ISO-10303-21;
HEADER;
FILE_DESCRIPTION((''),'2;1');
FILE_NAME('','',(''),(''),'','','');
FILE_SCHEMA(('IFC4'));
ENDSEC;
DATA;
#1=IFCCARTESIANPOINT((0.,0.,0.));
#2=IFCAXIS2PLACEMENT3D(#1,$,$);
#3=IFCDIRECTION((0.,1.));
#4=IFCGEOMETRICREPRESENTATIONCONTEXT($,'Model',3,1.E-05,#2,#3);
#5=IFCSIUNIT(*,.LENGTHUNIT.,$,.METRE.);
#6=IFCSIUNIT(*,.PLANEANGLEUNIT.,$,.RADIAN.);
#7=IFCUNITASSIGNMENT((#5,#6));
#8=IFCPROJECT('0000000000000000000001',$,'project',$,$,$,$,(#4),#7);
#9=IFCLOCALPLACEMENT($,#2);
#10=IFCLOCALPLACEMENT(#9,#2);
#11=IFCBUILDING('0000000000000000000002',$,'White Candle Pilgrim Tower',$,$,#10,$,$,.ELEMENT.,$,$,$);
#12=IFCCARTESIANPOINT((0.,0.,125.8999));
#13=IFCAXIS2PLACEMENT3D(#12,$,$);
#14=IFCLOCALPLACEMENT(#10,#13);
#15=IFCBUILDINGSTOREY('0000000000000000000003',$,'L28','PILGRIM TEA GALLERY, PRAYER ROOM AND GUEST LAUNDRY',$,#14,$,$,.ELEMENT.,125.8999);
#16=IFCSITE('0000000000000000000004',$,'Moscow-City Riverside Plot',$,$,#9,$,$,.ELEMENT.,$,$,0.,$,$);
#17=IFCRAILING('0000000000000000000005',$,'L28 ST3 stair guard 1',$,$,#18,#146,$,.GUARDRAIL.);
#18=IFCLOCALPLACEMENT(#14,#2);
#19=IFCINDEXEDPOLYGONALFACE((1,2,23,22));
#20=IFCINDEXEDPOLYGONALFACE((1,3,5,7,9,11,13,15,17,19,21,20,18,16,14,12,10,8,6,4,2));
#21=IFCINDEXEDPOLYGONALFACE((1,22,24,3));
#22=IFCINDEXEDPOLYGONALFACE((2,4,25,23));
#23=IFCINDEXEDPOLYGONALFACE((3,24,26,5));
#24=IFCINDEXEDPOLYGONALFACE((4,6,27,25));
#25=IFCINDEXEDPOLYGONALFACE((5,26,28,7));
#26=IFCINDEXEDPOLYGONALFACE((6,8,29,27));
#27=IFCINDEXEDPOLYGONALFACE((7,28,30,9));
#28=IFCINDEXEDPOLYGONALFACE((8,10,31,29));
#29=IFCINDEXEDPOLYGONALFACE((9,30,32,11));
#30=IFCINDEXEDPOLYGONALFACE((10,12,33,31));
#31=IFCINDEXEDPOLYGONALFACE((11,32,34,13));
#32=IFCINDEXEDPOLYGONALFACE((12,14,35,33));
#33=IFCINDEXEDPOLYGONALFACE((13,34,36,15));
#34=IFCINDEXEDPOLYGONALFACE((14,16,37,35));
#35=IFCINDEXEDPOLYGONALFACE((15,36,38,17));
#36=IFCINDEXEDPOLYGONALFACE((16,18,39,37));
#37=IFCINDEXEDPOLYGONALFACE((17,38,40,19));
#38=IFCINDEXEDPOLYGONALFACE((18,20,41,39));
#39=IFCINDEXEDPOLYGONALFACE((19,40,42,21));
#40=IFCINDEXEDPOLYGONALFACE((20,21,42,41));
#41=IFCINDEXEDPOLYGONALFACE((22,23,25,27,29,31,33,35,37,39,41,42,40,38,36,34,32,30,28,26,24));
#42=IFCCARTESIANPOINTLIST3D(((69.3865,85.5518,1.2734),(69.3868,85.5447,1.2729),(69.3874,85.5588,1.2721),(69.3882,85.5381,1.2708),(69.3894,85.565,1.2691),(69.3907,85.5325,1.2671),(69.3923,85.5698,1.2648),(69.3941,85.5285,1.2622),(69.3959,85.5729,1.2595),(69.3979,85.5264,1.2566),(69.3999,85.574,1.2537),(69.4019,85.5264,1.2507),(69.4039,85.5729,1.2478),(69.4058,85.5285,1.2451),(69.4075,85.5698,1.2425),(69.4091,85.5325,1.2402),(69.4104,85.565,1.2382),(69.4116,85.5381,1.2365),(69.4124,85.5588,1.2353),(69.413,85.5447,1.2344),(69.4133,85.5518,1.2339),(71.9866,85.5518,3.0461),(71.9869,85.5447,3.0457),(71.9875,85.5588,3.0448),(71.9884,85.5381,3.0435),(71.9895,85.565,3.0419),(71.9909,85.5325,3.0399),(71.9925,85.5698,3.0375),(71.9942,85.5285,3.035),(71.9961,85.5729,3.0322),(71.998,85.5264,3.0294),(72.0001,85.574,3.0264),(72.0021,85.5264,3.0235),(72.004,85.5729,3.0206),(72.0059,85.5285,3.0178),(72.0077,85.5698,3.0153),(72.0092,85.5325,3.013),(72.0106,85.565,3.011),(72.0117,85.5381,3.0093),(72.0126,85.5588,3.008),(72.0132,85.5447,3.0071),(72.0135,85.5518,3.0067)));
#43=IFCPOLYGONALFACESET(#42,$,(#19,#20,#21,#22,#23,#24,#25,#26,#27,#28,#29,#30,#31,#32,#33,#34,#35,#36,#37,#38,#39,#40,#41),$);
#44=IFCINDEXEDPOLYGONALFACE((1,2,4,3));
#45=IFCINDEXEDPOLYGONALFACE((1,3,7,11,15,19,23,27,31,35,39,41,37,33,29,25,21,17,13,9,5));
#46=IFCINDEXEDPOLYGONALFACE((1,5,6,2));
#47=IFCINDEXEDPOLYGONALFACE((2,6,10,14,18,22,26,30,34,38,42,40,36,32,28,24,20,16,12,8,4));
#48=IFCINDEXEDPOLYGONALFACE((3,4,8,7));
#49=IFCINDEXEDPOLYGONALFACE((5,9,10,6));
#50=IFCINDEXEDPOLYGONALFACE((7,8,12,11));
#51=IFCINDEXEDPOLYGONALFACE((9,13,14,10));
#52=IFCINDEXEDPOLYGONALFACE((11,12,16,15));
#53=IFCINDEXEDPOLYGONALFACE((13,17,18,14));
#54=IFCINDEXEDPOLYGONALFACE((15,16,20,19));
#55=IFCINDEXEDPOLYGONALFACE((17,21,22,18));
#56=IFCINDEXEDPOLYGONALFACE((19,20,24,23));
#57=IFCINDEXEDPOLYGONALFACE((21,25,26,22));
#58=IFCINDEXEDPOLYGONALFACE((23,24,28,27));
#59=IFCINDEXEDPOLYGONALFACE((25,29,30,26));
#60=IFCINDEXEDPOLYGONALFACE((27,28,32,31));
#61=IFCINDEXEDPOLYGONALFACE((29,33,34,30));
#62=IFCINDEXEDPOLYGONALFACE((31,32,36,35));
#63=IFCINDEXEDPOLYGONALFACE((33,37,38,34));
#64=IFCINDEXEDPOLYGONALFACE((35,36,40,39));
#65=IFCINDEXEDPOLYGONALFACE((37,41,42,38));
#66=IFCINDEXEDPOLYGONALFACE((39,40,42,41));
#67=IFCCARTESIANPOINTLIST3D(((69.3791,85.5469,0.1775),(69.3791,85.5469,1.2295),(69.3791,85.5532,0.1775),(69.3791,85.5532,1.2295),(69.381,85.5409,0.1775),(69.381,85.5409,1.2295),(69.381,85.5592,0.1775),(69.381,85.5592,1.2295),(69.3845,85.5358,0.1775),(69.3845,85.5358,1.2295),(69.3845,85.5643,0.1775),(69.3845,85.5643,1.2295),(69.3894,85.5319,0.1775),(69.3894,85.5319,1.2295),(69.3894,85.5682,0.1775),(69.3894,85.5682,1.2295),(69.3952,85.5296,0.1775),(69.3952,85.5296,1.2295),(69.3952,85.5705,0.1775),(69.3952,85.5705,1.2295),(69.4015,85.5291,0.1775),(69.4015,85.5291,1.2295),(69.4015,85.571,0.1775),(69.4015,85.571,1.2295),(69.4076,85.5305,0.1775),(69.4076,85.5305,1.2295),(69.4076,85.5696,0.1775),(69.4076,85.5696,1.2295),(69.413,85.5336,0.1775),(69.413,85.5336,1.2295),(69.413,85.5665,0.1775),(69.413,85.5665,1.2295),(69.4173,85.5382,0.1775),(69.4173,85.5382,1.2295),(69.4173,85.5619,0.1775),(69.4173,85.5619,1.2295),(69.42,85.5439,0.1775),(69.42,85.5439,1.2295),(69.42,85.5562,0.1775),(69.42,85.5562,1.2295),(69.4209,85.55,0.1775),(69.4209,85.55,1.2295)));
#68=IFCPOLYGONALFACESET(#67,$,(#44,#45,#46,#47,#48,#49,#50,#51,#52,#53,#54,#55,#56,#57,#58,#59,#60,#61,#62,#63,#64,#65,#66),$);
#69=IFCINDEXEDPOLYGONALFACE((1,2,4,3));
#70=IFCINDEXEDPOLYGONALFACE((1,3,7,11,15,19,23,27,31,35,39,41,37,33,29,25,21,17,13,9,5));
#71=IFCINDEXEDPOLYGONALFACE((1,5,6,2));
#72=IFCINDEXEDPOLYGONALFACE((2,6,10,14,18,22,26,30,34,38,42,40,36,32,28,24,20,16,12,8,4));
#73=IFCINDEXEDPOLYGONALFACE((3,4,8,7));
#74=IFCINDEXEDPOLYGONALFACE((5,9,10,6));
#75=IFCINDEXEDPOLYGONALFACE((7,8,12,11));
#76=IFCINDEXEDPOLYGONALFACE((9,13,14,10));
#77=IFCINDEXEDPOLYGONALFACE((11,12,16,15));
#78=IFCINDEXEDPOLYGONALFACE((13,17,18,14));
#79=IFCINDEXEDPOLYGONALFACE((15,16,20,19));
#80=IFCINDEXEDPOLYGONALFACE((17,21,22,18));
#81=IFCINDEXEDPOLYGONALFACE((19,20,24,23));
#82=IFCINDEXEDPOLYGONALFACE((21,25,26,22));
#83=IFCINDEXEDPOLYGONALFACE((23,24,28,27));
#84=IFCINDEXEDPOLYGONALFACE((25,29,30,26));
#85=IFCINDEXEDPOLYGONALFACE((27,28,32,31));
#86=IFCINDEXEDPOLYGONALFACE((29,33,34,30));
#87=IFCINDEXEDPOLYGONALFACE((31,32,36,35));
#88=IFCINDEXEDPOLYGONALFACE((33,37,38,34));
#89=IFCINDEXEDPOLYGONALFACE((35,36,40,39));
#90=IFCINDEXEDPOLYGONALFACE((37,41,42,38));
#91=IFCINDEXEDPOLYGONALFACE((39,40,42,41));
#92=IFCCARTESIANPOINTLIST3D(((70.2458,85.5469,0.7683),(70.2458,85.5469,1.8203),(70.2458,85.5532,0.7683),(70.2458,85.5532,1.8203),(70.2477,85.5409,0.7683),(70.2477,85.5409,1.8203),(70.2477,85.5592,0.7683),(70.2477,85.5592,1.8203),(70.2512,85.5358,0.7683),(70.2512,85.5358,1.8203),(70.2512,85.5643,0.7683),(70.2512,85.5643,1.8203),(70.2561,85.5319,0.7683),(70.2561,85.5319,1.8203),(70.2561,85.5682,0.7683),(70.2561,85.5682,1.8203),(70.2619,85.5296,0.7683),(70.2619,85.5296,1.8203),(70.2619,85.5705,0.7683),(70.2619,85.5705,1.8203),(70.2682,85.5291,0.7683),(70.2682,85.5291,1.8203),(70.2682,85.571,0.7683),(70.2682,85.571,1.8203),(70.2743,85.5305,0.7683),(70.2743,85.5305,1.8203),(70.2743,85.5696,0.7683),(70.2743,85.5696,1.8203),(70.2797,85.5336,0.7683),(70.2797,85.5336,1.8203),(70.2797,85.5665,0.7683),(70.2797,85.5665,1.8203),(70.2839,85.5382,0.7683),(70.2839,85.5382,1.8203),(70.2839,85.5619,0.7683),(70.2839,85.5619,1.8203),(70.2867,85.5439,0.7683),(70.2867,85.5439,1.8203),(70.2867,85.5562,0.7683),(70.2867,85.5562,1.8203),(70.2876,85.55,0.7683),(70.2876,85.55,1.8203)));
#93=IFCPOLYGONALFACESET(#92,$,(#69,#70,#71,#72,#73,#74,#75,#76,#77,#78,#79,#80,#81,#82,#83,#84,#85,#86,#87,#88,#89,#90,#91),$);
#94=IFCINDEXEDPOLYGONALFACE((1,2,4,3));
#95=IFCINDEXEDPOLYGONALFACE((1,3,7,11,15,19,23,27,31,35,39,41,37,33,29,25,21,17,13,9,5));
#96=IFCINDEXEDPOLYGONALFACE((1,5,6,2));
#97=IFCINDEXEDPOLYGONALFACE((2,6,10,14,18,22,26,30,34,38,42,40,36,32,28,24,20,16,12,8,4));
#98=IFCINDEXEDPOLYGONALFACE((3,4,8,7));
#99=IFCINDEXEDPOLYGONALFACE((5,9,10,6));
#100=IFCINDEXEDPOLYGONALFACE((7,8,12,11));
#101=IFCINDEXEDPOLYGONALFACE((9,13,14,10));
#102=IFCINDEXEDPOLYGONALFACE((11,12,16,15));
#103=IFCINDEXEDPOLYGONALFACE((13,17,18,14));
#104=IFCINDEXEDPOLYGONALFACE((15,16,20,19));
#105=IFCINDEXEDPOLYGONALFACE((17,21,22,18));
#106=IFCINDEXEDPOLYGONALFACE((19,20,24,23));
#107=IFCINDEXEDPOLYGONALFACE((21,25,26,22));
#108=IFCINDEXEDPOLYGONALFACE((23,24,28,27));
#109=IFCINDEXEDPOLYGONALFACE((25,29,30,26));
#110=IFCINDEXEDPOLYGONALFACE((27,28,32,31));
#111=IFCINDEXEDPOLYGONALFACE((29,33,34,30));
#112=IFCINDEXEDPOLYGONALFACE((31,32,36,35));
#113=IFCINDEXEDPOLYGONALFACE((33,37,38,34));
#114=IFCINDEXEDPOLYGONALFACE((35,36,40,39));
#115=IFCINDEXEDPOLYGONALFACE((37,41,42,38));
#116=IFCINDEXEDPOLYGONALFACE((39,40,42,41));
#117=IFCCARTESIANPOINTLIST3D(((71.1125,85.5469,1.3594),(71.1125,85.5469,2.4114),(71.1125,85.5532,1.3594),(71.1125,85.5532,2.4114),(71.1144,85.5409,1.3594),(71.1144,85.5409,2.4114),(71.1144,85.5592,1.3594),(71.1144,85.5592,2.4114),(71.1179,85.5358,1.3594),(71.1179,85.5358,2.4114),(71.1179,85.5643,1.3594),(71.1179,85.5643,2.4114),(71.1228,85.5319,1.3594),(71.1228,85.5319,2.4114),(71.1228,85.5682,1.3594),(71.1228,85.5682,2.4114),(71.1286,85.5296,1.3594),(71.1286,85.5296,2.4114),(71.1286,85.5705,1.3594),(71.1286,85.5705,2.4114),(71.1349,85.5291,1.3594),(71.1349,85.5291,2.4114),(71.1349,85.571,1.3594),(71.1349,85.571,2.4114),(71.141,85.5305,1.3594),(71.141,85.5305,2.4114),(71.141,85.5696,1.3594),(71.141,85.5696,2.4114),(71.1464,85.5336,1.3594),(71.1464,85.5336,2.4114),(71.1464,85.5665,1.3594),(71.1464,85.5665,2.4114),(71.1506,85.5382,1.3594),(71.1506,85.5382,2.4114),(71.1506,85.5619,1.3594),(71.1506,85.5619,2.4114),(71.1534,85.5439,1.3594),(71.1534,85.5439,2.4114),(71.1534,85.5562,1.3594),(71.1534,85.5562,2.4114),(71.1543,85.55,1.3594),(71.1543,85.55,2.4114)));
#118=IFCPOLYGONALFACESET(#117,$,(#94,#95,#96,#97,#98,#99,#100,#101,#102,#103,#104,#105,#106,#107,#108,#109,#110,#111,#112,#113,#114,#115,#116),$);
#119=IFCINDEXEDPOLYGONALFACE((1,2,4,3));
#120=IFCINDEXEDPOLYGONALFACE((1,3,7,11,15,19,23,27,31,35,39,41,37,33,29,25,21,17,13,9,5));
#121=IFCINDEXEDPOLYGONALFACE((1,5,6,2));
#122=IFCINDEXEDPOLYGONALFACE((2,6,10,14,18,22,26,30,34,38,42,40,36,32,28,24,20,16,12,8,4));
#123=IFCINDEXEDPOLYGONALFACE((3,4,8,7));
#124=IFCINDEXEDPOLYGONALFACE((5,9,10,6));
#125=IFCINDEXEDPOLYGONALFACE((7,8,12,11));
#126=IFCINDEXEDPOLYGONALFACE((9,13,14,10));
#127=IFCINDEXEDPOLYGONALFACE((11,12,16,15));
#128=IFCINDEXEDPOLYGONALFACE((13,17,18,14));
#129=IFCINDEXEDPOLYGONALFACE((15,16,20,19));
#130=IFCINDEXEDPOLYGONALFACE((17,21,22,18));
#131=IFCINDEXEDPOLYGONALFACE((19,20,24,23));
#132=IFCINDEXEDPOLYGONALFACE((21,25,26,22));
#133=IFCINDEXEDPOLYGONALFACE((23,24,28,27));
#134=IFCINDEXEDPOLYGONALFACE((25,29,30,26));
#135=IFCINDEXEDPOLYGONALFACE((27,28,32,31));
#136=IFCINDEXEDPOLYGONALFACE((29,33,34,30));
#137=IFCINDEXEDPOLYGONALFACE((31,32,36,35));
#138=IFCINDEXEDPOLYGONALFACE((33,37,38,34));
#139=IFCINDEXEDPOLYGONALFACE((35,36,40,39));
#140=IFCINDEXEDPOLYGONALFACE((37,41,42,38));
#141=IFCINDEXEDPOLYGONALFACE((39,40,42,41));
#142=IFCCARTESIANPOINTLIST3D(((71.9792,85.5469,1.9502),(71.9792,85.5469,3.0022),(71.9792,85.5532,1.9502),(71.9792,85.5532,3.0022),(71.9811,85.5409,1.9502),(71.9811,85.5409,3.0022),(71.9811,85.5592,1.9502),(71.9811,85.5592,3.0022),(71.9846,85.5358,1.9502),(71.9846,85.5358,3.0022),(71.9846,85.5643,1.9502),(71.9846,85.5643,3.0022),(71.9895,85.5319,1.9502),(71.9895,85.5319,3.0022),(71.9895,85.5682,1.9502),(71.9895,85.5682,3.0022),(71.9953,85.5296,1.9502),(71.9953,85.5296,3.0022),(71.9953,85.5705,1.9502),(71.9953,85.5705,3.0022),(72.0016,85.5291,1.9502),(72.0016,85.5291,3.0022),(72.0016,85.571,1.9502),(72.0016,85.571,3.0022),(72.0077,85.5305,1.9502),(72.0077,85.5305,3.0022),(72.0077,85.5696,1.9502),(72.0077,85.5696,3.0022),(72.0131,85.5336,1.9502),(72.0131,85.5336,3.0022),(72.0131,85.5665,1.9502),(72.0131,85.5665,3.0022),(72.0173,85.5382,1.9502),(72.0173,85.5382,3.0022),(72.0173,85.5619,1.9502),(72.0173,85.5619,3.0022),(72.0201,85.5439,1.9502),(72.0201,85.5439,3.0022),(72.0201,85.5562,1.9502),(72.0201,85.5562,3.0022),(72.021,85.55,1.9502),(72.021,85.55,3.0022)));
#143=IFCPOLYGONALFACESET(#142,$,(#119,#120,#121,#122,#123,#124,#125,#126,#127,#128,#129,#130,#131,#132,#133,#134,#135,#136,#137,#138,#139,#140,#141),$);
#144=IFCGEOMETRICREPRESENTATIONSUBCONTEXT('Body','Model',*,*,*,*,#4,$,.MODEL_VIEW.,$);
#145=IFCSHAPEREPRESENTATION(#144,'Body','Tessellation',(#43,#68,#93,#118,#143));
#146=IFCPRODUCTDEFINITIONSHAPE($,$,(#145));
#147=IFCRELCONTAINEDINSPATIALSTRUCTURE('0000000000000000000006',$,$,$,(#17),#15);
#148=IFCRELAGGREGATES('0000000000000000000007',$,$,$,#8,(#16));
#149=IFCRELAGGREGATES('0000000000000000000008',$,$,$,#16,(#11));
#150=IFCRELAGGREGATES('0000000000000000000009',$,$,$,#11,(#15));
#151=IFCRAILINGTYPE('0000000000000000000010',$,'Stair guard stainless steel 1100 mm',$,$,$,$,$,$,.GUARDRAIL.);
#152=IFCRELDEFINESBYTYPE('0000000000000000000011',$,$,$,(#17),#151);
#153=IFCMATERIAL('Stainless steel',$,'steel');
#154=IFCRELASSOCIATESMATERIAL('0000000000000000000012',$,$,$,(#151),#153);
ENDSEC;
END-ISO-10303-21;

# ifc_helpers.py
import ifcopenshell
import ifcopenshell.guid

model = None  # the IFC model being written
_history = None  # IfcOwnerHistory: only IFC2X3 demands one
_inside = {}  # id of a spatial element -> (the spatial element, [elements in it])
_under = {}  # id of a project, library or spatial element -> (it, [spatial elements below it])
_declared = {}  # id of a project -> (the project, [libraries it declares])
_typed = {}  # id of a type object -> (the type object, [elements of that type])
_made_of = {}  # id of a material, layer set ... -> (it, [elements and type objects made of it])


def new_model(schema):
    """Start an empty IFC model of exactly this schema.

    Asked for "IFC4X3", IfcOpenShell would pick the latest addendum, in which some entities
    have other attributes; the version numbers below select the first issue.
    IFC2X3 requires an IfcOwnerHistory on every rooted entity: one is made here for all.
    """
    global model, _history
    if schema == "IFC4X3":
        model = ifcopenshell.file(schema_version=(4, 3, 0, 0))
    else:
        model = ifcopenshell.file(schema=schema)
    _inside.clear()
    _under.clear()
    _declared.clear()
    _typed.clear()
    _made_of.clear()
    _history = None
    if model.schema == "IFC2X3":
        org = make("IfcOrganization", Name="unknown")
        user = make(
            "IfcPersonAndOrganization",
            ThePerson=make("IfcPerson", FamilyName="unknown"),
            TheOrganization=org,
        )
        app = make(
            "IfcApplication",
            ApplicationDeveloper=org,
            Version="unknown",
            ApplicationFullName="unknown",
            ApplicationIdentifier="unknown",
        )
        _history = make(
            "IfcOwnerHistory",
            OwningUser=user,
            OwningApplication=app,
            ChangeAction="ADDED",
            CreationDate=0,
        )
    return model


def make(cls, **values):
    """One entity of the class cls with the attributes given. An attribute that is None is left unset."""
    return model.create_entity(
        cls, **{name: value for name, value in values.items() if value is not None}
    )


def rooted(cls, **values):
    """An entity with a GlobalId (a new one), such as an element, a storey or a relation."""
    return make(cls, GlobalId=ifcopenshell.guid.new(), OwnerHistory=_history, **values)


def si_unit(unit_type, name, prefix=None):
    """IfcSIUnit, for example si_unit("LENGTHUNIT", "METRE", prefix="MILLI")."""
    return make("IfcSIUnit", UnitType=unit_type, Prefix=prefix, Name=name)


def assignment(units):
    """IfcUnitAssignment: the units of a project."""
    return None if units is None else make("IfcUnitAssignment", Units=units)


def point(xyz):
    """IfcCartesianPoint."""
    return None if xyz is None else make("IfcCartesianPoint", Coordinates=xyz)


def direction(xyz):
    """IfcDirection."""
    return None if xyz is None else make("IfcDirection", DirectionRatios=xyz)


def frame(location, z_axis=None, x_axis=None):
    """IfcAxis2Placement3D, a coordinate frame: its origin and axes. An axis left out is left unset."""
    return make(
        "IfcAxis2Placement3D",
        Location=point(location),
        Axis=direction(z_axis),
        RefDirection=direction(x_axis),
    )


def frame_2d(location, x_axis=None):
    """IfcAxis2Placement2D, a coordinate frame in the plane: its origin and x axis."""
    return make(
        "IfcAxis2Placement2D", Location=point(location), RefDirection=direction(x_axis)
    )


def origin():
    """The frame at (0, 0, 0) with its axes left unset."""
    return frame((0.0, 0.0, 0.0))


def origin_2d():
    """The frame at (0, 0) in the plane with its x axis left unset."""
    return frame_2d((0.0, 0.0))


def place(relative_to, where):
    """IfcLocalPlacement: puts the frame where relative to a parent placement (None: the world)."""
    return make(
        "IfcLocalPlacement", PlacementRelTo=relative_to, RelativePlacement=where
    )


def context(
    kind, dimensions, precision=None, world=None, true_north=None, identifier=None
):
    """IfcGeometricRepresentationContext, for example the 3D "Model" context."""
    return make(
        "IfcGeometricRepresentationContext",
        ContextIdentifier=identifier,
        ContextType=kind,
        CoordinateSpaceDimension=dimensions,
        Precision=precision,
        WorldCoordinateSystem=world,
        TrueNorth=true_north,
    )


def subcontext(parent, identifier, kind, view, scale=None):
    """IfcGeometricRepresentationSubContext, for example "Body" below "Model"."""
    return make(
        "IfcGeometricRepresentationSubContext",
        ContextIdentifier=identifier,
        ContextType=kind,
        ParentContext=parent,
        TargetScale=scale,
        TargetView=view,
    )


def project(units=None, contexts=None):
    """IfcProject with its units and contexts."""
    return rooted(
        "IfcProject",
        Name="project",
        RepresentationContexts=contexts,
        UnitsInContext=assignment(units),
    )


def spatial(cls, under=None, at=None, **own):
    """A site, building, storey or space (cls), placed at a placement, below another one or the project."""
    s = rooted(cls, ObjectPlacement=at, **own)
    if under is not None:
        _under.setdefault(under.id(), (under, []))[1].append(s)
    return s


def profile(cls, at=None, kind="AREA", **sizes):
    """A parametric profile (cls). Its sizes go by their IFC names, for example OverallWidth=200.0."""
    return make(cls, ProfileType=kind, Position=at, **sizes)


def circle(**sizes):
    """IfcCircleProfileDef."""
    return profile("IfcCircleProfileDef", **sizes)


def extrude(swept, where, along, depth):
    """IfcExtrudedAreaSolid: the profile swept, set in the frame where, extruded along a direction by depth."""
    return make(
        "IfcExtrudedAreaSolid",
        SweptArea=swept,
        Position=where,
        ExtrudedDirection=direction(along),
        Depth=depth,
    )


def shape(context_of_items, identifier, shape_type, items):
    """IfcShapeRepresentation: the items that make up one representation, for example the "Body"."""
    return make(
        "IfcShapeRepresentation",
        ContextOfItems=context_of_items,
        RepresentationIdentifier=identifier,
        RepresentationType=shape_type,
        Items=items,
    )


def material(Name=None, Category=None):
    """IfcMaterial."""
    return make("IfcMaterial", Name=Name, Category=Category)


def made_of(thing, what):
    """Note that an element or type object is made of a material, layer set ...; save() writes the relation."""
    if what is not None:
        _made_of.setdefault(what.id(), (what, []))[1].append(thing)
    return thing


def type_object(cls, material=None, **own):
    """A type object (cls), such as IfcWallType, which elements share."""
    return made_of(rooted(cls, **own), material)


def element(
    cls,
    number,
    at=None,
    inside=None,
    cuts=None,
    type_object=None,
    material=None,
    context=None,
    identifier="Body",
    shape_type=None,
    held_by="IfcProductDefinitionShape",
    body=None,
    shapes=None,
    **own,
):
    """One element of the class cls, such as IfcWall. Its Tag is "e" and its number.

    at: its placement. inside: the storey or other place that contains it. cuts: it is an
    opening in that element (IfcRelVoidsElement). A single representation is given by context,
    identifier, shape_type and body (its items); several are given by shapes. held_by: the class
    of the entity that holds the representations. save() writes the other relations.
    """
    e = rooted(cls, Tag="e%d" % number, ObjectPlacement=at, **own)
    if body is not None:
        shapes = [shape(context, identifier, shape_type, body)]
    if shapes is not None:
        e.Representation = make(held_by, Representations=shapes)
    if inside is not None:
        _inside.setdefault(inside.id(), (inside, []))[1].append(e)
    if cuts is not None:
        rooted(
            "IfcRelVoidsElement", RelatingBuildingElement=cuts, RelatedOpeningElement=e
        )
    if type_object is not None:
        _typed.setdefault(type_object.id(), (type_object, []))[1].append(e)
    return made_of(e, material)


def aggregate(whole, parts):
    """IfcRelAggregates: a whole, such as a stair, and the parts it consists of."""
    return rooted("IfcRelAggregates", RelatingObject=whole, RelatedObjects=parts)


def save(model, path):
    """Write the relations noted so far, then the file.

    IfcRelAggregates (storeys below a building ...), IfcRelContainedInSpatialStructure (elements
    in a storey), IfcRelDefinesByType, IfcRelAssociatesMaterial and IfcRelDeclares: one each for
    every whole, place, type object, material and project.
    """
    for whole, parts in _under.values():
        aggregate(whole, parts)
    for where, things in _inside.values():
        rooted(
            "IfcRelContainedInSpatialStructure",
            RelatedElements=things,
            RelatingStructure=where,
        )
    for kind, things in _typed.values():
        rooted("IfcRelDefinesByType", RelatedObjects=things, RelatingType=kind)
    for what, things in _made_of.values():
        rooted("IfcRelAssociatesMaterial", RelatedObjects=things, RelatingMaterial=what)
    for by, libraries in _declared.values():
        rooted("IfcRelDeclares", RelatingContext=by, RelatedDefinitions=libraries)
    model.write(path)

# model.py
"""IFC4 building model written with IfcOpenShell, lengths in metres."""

from ifc_helpers import new_model, si_unit, direction, frame, origin, origin_2d, place, context, subcontext, project, spatial, circle, extrude, material, type_object, element, save


model = new_model("IFC4")

# Units and contexts
model_context = context("Model", 3, precision=1e-05, world=origin(), true_north=direction((0.0, 1.0)))
body_context = subcontext(model_context, "Body", "Model", "MODEL_VIEW")
ifc_project = project(units=[si_unit("LENGTHUNIT", "METRE"), si_unit("PLANEANGLEUNIT", "RADIAN")], contexts=[model_context])

# Site, building, storey
site_placement = place(None, origin())
site = spatial("IfcSite", under=ifc_project, at=site_placement, Name="Moscow-City Riverside Plot", CompositionType="ELEMENT", RefElevation=0.0)
building_placement = place(site_placement, origin())
building = spatial("IfcBuilding", under=site, at=building_placement, Name="White Candle Pilgrim Tower", CompositionType="ELEMENT")
storey_placement = place(building_placement, frame((0.0, 0.0, 125.8999)))
storey = spatial("IfcBuildingStorey", under=building, at=storey_placement, Name="L28", Description="PILGRIM TEA GALLERY, PRAYER ROOM AND GUEST LAUNDRY", CompositionType="ELEMENT", Elevation=125.8999)

# Railing
ifc_material_1 = material(Name="Stainless steel", Category="steel")
railing_type_1 = type_object("IfcRailingType", Name="Stair guard stainless steel 1100 mm", PredefinedType="GUARDRAIL", material=ifc_material_1)
railing_1_placement = place(storey_placement, frame((69.3999, 85.55, 0.1775)))
element("IfcRailing", 1, at=railing_1_placement, inside=storey, type_object=railing_type_1, Name="L28 ST3 stair guard 1", PredefinedType="GUARDRAIL", context=body_context, shape_type="SweptSolid", body=[
    extrude(circle(Radius=0.0239, at=origin_2d()), frame((0.0, 0.0, 1.0762), z_axis=(0.82624, 0.0, 0.563318), x_axis=(0.0, 1.0, 0.0)), (0.0, 0.0, 1.0), 3.147),
    extrude(circle(Radius=0.021, at=origin_2d()), origin(), (0.0, 0.0, 1.0), 1.052),
    extrude(circle(Radius=0.021, at=origin_2d()), frame((0.8667, 0.0, 0.5908)), (0.0, 0.0, 1.0), 1.052),
    extrude(circle(Radius=0.021, at=origin_2d()), frame((1.7334, 0.0, 1.1819)), (0.0, 0.0, 1.0), 1.052),
    extrude(circle(Radius=0.021, at=origin_2d()), frame((2.6001, 0.0, 1.7727)), (0.0, 0.0, 1.0), 1.052),
])

save(model, "model.ifc")
